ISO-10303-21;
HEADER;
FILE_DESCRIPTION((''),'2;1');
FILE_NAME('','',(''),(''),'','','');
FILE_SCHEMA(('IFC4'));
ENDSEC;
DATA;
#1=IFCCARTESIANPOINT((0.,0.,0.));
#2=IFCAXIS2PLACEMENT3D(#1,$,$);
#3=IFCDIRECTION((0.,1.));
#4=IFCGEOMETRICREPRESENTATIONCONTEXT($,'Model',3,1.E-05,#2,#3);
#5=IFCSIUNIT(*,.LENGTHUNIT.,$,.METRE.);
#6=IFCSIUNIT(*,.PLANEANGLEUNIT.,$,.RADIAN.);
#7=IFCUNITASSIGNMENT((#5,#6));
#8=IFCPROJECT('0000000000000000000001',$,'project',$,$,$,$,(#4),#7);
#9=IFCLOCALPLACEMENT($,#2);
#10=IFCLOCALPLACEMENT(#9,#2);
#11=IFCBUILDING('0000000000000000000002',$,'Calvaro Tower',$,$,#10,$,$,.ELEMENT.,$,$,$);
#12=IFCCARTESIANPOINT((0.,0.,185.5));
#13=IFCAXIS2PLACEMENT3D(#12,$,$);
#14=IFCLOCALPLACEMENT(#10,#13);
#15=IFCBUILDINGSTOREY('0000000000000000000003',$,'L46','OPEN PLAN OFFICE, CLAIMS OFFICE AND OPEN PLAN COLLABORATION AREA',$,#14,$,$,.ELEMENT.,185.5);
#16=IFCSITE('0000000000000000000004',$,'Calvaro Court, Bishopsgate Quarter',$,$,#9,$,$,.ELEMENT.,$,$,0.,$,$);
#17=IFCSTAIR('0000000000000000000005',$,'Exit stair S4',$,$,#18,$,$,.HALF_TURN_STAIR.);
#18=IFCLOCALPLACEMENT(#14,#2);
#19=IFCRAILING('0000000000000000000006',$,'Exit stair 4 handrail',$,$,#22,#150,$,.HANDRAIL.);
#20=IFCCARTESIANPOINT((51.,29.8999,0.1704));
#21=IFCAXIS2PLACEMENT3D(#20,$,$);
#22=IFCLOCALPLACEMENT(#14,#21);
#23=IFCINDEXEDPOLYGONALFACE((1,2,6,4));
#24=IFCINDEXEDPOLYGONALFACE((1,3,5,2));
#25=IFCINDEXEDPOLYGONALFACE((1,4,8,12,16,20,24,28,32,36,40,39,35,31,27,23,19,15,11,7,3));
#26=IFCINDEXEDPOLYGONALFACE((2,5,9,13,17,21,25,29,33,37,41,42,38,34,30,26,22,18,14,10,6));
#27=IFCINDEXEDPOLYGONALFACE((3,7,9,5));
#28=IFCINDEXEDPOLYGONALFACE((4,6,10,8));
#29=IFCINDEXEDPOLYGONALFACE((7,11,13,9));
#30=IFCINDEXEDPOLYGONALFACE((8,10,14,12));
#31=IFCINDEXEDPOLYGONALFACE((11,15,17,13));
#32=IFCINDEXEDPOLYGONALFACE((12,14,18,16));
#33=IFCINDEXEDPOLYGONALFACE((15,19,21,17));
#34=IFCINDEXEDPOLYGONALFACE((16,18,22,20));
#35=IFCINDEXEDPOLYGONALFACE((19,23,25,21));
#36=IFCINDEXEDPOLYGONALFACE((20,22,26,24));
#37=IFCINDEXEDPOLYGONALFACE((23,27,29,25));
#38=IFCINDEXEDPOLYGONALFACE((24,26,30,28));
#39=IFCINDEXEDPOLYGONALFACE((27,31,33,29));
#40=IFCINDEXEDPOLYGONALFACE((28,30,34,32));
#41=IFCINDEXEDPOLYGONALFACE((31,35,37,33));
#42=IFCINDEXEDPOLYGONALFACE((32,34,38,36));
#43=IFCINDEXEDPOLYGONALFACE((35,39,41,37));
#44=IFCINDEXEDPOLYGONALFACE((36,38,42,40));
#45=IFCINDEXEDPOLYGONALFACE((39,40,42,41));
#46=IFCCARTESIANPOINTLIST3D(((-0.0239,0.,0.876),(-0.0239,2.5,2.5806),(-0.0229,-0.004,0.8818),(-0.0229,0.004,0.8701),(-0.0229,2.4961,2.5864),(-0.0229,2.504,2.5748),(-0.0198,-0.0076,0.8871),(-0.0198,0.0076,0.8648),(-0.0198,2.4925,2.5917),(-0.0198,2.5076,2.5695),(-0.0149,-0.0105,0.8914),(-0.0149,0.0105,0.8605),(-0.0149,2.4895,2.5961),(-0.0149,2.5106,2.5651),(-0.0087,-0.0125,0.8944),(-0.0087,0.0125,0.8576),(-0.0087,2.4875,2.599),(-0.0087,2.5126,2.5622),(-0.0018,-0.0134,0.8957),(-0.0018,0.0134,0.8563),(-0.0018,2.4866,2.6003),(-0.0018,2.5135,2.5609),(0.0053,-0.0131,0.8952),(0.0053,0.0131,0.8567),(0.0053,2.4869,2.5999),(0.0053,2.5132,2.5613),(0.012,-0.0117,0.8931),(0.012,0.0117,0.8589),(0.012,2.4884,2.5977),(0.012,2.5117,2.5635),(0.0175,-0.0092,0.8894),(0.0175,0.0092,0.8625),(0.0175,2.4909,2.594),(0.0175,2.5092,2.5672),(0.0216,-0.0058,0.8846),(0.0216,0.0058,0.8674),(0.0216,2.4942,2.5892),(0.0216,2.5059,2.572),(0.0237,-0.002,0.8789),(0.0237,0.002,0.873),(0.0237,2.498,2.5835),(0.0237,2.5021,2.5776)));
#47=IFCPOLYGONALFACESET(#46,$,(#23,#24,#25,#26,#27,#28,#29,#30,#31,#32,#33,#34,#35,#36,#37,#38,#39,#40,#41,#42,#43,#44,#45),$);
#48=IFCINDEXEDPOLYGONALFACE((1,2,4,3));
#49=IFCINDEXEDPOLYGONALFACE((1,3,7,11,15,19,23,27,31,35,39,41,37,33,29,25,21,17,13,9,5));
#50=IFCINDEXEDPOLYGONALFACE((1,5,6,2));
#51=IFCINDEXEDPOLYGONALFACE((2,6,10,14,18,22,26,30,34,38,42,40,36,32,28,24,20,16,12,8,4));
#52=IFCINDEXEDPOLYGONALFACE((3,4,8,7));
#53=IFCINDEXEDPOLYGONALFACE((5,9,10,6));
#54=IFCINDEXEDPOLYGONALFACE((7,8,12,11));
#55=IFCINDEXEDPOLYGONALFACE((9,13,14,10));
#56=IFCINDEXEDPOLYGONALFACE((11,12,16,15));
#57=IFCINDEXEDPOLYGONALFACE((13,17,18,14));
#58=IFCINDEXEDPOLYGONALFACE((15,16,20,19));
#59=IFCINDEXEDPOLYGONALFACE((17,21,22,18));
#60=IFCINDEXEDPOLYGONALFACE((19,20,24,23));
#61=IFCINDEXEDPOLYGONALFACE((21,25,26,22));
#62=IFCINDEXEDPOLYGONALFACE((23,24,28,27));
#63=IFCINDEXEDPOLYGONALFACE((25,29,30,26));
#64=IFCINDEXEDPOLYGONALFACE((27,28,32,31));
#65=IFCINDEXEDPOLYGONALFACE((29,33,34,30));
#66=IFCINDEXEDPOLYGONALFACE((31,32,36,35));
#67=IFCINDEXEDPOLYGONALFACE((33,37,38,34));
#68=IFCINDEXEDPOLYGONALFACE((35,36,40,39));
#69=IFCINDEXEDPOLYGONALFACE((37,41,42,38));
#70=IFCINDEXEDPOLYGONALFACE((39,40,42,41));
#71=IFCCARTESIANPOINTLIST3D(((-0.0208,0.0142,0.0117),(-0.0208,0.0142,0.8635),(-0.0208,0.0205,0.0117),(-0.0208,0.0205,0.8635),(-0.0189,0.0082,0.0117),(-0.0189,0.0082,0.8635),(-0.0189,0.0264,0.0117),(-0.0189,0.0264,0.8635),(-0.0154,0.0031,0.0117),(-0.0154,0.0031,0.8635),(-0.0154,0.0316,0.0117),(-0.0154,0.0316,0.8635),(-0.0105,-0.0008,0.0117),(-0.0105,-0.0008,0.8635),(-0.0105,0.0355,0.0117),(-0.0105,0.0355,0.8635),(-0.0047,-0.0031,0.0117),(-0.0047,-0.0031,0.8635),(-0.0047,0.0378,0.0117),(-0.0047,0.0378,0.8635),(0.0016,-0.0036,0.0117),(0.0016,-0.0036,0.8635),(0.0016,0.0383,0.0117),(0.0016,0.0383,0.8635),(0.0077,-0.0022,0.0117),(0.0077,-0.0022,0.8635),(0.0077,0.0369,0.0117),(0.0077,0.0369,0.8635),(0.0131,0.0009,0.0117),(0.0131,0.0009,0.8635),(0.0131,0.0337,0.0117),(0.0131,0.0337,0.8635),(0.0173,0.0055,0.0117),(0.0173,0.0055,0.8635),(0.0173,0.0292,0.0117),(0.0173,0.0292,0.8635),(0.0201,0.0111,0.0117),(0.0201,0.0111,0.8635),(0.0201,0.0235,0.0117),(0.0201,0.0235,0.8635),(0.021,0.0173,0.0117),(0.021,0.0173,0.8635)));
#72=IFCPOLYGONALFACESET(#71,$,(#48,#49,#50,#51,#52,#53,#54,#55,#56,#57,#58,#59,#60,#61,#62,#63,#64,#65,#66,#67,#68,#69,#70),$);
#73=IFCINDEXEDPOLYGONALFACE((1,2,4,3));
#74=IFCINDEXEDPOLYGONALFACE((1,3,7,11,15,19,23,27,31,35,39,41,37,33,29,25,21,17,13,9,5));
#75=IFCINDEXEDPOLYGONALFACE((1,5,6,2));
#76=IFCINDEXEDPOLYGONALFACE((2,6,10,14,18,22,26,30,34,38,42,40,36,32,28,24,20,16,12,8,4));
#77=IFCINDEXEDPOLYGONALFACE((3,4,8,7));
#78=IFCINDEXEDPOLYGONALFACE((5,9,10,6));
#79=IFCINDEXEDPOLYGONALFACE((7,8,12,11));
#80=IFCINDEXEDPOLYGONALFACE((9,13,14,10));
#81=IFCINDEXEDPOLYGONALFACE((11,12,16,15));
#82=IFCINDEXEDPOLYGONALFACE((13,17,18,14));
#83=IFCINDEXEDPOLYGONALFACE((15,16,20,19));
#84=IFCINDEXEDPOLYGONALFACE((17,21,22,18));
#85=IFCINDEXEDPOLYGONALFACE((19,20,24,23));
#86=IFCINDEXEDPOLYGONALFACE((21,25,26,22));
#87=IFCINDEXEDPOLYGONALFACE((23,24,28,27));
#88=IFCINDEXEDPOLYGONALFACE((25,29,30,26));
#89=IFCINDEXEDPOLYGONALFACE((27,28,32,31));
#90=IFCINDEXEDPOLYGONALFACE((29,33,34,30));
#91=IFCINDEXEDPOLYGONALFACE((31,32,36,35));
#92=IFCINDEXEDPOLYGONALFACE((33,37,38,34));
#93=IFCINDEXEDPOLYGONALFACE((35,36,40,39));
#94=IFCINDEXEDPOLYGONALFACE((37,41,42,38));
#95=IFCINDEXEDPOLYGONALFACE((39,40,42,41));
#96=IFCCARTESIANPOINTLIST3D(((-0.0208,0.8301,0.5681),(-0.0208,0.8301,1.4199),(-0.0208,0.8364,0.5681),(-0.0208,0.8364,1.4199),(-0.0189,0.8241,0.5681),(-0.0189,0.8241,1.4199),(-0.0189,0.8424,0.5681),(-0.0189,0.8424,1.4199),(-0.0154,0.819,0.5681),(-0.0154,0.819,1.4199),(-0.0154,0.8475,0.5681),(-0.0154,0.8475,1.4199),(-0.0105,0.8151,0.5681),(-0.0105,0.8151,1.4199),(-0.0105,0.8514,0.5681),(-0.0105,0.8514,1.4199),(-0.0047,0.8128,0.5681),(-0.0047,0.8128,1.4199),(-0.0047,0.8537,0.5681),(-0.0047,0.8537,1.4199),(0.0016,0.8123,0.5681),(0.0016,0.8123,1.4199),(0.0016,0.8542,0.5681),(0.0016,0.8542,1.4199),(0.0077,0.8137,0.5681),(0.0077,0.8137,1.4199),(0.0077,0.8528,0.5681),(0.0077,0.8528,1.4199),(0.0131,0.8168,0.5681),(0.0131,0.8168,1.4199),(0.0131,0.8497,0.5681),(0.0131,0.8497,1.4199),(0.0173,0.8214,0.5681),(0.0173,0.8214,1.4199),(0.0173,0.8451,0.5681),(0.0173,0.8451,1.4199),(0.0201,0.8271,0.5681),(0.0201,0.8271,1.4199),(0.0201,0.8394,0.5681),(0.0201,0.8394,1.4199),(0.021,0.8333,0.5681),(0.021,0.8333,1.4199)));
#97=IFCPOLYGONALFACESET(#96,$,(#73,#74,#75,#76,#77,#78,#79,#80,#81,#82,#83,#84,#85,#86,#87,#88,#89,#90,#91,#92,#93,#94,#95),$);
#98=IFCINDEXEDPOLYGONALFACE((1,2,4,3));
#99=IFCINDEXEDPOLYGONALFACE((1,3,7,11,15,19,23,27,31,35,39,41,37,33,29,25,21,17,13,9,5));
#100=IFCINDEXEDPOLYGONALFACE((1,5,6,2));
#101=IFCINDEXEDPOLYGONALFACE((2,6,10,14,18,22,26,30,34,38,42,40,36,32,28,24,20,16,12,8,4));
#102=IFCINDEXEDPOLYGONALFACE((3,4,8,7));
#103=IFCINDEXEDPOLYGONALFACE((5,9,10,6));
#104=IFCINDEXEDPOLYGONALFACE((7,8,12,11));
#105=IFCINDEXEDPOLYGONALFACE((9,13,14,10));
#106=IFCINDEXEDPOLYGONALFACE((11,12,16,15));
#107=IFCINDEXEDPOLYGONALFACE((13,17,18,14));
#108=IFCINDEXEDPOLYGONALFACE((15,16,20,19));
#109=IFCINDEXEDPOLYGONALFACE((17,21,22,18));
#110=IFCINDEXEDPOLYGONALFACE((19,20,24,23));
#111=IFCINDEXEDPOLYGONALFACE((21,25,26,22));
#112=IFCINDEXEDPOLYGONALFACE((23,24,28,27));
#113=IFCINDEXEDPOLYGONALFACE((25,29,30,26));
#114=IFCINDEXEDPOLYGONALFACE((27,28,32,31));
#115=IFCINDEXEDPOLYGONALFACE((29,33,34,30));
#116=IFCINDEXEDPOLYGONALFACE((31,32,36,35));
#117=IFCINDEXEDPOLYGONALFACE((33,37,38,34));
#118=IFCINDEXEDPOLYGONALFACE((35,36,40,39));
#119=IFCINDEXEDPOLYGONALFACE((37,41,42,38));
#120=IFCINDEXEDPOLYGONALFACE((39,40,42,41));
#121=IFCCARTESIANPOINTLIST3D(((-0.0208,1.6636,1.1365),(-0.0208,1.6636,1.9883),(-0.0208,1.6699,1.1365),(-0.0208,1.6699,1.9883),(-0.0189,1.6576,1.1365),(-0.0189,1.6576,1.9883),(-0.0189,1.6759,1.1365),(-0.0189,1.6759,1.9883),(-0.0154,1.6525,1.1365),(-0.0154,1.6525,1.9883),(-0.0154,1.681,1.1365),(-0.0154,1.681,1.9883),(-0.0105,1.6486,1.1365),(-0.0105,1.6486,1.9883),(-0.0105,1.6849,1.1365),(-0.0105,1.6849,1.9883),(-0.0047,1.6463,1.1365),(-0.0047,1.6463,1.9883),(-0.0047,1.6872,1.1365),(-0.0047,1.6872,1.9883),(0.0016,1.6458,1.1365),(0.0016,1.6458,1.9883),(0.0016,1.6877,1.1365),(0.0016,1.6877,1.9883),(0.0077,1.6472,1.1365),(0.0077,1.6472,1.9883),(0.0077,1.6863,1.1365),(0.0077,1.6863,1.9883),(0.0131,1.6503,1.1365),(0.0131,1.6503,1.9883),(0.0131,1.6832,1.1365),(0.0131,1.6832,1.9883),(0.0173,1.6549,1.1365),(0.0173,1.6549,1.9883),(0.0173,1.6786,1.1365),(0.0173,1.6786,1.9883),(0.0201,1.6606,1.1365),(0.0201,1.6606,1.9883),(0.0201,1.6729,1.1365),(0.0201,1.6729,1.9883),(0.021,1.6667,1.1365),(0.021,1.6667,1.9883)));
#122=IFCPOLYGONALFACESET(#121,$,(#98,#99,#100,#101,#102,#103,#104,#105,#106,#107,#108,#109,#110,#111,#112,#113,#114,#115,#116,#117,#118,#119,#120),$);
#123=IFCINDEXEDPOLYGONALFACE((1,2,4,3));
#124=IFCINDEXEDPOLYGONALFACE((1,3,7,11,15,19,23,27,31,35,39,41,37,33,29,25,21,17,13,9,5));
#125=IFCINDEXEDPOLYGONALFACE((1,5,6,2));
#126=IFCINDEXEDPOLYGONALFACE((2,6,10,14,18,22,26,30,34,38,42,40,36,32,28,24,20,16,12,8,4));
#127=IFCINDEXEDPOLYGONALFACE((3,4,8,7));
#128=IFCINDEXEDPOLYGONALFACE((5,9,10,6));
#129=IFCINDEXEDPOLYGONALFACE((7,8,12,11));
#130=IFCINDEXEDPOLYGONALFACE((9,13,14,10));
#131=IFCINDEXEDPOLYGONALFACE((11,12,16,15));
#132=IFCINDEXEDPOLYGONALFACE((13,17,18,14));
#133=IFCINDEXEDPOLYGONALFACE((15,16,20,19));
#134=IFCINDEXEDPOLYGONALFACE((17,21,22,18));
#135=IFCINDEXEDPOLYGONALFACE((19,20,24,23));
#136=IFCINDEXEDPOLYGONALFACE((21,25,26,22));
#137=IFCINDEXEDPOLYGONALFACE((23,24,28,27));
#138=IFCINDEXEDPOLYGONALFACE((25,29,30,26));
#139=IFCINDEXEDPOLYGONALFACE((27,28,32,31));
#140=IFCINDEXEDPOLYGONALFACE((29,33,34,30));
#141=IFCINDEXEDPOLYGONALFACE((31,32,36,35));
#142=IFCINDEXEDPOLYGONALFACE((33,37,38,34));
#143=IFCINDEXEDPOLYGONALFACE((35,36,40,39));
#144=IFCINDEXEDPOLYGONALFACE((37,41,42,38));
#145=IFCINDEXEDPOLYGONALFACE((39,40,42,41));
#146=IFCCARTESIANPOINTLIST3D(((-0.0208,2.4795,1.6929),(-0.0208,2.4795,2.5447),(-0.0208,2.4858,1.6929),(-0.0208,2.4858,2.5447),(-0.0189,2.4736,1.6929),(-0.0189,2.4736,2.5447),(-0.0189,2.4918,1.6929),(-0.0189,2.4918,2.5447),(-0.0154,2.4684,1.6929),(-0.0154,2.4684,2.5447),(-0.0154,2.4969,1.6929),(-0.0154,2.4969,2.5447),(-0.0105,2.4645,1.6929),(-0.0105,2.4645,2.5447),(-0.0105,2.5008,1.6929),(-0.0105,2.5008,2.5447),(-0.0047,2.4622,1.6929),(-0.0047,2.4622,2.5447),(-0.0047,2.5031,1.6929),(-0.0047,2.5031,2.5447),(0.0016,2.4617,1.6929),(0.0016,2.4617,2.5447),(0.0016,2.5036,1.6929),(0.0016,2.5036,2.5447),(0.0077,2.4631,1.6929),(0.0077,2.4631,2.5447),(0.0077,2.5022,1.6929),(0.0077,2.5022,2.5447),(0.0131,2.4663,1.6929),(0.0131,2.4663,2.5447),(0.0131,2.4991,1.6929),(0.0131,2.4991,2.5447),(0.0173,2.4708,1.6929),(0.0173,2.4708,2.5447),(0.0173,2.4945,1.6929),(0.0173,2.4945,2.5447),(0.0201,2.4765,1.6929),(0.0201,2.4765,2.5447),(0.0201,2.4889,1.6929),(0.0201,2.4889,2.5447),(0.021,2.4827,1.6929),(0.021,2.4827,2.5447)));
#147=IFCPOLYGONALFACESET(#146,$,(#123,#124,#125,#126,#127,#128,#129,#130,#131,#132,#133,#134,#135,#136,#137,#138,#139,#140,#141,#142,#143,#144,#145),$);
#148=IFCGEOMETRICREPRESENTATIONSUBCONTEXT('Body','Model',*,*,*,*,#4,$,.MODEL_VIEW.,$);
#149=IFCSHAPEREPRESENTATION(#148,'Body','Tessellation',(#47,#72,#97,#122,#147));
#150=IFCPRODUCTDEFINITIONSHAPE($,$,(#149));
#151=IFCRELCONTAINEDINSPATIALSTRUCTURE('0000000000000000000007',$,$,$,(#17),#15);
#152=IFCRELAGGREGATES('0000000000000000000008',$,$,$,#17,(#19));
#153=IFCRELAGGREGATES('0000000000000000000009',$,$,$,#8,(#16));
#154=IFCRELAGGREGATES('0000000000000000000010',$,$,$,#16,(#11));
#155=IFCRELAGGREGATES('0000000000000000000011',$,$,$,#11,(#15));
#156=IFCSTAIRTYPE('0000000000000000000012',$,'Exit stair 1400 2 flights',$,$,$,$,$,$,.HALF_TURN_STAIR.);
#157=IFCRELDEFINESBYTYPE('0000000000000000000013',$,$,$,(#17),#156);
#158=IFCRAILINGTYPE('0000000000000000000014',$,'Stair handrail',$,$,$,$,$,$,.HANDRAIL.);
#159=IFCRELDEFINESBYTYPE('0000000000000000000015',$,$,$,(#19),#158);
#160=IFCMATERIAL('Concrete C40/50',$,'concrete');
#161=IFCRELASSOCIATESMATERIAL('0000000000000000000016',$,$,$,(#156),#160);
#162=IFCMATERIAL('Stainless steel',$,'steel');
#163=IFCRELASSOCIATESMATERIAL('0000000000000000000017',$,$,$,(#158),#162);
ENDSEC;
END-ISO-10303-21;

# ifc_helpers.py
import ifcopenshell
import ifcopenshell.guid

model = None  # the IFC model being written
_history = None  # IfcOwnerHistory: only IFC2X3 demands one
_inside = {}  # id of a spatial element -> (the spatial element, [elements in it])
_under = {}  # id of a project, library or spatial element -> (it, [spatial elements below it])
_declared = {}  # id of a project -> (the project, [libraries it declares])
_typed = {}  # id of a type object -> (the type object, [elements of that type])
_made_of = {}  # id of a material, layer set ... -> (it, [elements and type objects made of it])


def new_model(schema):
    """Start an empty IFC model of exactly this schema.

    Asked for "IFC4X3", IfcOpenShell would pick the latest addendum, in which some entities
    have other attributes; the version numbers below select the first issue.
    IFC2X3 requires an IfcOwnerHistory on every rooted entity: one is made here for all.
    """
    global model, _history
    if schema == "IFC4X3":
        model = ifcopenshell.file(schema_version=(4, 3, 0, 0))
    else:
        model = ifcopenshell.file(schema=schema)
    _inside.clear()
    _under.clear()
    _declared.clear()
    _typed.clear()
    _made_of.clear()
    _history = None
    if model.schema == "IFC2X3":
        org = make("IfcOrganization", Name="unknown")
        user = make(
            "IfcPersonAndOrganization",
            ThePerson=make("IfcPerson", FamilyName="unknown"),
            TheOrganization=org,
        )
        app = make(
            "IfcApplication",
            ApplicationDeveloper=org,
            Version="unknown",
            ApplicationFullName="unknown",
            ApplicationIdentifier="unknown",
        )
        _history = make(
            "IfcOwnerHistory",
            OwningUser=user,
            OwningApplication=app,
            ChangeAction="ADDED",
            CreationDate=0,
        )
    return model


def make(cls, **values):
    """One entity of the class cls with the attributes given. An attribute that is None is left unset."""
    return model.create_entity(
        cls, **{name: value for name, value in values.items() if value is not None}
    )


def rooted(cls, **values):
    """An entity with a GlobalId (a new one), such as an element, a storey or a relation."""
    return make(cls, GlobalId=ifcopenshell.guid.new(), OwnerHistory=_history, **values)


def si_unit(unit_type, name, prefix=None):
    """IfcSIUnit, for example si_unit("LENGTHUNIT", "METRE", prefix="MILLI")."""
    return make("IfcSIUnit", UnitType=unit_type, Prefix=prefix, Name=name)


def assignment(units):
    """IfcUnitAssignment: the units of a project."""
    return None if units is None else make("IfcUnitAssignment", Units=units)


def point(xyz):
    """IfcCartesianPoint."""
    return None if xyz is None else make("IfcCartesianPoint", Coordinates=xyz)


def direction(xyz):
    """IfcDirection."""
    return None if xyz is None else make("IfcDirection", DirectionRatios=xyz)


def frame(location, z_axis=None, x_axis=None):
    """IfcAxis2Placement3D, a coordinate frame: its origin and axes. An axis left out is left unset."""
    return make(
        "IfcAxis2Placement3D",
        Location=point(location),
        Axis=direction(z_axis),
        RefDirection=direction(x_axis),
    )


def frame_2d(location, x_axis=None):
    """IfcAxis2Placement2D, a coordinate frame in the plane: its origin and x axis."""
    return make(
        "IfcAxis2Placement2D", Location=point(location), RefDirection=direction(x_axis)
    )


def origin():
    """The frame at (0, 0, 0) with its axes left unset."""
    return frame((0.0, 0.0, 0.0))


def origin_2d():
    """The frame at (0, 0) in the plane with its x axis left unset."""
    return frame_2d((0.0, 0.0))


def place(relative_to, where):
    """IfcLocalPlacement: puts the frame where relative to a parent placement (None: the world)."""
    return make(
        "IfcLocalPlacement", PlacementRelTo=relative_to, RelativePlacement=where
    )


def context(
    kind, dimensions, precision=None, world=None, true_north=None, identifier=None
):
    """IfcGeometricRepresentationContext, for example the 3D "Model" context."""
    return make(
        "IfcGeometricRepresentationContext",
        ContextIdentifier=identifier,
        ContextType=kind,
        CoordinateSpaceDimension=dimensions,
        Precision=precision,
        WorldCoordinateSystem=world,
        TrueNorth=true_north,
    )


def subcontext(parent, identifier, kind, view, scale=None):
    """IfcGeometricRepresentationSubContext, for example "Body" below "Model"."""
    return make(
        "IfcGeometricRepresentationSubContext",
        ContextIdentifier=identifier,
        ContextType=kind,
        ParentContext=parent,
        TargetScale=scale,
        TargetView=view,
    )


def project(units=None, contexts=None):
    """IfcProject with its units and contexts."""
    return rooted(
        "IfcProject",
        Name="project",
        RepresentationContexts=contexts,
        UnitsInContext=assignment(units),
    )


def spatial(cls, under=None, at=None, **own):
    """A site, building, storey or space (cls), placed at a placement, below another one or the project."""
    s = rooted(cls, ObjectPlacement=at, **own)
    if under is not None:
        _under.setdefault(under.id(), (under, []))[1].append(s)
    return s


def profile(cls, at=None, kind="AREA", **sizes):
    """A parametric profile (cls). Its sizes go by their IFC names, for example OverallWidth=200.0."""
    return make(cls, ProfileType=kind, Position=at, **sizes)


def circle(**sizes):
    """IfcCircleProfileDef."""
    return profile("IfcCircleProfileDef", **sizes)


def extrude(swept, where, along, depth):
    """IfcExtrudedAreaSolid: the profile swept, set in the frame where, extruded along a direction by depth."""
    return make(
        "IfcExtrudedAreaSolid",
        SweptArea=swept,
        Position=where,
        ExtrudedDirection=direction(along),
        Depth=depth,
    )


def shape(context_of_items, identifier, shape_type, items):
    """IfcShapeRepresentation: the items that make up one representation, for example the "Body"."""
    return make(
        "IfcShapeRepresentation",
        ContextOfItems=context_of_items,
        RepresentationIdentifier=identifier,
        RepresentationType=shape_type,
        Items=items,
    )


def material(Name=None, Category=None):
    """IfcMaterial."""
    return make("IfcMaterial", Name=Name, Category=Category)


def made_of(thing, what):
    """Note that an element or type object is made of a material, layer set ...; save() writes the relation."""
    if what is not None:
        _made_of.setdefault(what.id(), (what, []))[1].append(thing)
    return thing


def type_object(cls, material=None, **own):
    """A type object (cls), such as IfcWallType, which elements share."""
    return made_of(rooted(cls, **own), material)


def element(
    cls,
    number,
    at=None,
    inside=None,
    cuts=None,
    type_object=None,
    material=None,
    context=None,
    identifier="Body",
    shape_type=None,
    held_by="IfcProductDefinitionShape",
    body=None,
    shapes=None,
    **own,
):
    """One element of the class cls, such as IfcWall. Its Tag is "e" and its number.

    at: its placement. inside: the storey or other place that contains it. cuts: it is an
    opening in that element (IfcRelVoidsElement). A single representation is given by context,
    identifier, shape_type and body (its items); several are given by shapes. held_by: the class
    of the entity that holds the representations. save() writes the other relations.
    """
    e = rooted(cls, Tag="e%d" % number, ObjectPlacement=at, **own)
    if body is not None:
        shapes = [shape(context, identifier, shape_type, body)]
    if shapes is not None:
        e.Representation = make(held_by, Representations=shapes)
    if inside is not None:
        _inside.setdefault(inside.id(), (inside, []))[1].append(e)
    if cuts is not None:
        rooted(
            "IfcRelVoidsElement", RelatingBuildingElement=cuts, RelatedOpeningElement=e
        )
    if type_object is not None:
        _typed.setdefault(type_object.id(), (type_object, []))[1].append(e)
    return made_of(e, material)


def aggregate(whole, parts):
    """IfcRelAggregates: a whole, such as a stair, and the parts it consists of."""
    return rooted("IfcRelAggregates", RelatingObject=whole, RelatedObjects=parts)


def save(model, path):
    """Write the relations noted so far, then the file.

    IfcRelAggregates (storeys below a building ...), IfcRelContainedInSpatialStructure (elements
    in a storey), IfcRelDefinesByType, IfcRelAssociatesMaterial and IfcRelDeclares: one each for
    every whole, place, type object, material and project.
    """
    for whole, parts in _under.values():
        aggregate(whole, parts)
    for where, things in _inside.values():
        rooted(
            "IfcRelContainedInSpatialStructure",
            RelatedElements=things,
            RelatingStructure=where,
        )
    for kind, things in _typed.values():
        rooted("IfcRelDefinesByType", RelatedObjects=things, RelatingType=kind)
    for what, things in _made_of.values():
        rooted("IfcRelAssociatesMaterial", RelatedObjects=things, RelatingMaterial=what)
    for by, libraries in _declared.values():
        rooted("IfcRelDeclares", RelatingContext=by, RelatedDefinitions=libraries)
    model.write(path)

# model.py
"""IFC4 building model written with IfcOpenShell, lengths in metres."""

from ifc_helpers import new_model, si_unit, direction, frame, origin, origin_2d, place, context, subcontext, project, spatial, circle, extrude, material, type_object, element, aggregate, save


model = new_model("IFC4")

# Units and contexts
model_context = context("Model", 3, precision=1e-05, world=origin(), true_north=direction((0.0, 1.0)))
body_context = subcontext(model_context, "Body", "Model", "MODEL_VIEW")
ifc_project = project(units=[si_unit("LENGTHUNIT", "METRE"), si_unit("PLANEANGLEUNIT", "RADIAN")], contexts=[model_context])

# Site, building, storey
site_placement = place(None, origin())
site = spatial("IfcSite", under=ifc_project, at=site_placement, Name="Calvaro Court, Bishopsgate Quarter", CompositionType="ELEMENT", RefElevation=0.0)
building_placement = place(site_placement, origin())
building = spatial("IfcBuilding", under=site, at=building_placement, Name="Calvaro Tower", CompositionType="ELEMENT")
storey_placement = place(building_placement, frame((0.0, 0.0, 185.5)))
storey = spatial("IfcBuildingStorey", under=building, at=storey_placement, Name="L46", Description="OPEN PLAN OFFICE, CLAIMS OFFICE AND OPEN PLAN COLLABORATION AREA", CompositionType="ELEMENT", Elevation=185.5)

# Stair
ifc_material_1 = material(Name="Concrete C40/50", Category="concrete")
stair_type = type_object("IfcStairType", Name="Exit stair 1400 2 flights", PredefinedType="HALF_TURN_STAIR", material=ifc_material_1)
stair_1_placement = place(storey_placement, origin())
stair_1 = element("IfcStair", 1, at=stair_1_placement, inside=storey, type_object=stair_type, Name="Exit stair S4", PredefinedType="HALF_TURN_STAIR")

# Railing
ifc_material_2 = material(Name="Stainless steel", Category="steel")
railing_type = type_object("IfcRailingType", Name="Stair handrail", PredefinedType="HANDRAIL", material=ifc_material_2)
railing_1_placement = place(storey_placement, frame((51.0, 29.8999, 0.1704)))
railing_1 = element("IfcRailing", 2, at=railing_1_placement, type_object=railing_type, Name="Exit stair 4 handrail", PredefinedType="HANDRAIL", context=body_context, shape_type="SweptSolid", body=[
    extrude(circle(Radius=0.0239, at=origin_2d()), frame((0.0, 0.0, 0.876), z_axis=(0.0, 0.826221, 0.563347), x_axis=(-1.0, 0.0, 0.0)), (0.0, 0.0, 1.0), 3.0259),
    extrude(circle(Radius=0.021, at=origin_2d()), frame((0.0, 0.0173, 0.0117)), (0.0, 0.0, 1.0), 0.8518),
    extrude(circle(Radius=0.021, at=origin_2d()), frame((0.0, 0.8333, 0.5681)), (0.0, 0.0, 1.0), 0.8518),
    extrude(circle(Radius=0.021, at=origin_2d()), frame((0.0, 1.6667, 1.1365)), (0.0, 0.0, 1.0), 0.8518),
    extrude(circle(Radius=0.021, at=origin_2d()), frame((0.0, 2.4827, 1.6929)), (0.0, 0.0, 1.0), 0.8518),
])
aggregate(stair_1, [railing_1])

save(model, "model.ifc")
